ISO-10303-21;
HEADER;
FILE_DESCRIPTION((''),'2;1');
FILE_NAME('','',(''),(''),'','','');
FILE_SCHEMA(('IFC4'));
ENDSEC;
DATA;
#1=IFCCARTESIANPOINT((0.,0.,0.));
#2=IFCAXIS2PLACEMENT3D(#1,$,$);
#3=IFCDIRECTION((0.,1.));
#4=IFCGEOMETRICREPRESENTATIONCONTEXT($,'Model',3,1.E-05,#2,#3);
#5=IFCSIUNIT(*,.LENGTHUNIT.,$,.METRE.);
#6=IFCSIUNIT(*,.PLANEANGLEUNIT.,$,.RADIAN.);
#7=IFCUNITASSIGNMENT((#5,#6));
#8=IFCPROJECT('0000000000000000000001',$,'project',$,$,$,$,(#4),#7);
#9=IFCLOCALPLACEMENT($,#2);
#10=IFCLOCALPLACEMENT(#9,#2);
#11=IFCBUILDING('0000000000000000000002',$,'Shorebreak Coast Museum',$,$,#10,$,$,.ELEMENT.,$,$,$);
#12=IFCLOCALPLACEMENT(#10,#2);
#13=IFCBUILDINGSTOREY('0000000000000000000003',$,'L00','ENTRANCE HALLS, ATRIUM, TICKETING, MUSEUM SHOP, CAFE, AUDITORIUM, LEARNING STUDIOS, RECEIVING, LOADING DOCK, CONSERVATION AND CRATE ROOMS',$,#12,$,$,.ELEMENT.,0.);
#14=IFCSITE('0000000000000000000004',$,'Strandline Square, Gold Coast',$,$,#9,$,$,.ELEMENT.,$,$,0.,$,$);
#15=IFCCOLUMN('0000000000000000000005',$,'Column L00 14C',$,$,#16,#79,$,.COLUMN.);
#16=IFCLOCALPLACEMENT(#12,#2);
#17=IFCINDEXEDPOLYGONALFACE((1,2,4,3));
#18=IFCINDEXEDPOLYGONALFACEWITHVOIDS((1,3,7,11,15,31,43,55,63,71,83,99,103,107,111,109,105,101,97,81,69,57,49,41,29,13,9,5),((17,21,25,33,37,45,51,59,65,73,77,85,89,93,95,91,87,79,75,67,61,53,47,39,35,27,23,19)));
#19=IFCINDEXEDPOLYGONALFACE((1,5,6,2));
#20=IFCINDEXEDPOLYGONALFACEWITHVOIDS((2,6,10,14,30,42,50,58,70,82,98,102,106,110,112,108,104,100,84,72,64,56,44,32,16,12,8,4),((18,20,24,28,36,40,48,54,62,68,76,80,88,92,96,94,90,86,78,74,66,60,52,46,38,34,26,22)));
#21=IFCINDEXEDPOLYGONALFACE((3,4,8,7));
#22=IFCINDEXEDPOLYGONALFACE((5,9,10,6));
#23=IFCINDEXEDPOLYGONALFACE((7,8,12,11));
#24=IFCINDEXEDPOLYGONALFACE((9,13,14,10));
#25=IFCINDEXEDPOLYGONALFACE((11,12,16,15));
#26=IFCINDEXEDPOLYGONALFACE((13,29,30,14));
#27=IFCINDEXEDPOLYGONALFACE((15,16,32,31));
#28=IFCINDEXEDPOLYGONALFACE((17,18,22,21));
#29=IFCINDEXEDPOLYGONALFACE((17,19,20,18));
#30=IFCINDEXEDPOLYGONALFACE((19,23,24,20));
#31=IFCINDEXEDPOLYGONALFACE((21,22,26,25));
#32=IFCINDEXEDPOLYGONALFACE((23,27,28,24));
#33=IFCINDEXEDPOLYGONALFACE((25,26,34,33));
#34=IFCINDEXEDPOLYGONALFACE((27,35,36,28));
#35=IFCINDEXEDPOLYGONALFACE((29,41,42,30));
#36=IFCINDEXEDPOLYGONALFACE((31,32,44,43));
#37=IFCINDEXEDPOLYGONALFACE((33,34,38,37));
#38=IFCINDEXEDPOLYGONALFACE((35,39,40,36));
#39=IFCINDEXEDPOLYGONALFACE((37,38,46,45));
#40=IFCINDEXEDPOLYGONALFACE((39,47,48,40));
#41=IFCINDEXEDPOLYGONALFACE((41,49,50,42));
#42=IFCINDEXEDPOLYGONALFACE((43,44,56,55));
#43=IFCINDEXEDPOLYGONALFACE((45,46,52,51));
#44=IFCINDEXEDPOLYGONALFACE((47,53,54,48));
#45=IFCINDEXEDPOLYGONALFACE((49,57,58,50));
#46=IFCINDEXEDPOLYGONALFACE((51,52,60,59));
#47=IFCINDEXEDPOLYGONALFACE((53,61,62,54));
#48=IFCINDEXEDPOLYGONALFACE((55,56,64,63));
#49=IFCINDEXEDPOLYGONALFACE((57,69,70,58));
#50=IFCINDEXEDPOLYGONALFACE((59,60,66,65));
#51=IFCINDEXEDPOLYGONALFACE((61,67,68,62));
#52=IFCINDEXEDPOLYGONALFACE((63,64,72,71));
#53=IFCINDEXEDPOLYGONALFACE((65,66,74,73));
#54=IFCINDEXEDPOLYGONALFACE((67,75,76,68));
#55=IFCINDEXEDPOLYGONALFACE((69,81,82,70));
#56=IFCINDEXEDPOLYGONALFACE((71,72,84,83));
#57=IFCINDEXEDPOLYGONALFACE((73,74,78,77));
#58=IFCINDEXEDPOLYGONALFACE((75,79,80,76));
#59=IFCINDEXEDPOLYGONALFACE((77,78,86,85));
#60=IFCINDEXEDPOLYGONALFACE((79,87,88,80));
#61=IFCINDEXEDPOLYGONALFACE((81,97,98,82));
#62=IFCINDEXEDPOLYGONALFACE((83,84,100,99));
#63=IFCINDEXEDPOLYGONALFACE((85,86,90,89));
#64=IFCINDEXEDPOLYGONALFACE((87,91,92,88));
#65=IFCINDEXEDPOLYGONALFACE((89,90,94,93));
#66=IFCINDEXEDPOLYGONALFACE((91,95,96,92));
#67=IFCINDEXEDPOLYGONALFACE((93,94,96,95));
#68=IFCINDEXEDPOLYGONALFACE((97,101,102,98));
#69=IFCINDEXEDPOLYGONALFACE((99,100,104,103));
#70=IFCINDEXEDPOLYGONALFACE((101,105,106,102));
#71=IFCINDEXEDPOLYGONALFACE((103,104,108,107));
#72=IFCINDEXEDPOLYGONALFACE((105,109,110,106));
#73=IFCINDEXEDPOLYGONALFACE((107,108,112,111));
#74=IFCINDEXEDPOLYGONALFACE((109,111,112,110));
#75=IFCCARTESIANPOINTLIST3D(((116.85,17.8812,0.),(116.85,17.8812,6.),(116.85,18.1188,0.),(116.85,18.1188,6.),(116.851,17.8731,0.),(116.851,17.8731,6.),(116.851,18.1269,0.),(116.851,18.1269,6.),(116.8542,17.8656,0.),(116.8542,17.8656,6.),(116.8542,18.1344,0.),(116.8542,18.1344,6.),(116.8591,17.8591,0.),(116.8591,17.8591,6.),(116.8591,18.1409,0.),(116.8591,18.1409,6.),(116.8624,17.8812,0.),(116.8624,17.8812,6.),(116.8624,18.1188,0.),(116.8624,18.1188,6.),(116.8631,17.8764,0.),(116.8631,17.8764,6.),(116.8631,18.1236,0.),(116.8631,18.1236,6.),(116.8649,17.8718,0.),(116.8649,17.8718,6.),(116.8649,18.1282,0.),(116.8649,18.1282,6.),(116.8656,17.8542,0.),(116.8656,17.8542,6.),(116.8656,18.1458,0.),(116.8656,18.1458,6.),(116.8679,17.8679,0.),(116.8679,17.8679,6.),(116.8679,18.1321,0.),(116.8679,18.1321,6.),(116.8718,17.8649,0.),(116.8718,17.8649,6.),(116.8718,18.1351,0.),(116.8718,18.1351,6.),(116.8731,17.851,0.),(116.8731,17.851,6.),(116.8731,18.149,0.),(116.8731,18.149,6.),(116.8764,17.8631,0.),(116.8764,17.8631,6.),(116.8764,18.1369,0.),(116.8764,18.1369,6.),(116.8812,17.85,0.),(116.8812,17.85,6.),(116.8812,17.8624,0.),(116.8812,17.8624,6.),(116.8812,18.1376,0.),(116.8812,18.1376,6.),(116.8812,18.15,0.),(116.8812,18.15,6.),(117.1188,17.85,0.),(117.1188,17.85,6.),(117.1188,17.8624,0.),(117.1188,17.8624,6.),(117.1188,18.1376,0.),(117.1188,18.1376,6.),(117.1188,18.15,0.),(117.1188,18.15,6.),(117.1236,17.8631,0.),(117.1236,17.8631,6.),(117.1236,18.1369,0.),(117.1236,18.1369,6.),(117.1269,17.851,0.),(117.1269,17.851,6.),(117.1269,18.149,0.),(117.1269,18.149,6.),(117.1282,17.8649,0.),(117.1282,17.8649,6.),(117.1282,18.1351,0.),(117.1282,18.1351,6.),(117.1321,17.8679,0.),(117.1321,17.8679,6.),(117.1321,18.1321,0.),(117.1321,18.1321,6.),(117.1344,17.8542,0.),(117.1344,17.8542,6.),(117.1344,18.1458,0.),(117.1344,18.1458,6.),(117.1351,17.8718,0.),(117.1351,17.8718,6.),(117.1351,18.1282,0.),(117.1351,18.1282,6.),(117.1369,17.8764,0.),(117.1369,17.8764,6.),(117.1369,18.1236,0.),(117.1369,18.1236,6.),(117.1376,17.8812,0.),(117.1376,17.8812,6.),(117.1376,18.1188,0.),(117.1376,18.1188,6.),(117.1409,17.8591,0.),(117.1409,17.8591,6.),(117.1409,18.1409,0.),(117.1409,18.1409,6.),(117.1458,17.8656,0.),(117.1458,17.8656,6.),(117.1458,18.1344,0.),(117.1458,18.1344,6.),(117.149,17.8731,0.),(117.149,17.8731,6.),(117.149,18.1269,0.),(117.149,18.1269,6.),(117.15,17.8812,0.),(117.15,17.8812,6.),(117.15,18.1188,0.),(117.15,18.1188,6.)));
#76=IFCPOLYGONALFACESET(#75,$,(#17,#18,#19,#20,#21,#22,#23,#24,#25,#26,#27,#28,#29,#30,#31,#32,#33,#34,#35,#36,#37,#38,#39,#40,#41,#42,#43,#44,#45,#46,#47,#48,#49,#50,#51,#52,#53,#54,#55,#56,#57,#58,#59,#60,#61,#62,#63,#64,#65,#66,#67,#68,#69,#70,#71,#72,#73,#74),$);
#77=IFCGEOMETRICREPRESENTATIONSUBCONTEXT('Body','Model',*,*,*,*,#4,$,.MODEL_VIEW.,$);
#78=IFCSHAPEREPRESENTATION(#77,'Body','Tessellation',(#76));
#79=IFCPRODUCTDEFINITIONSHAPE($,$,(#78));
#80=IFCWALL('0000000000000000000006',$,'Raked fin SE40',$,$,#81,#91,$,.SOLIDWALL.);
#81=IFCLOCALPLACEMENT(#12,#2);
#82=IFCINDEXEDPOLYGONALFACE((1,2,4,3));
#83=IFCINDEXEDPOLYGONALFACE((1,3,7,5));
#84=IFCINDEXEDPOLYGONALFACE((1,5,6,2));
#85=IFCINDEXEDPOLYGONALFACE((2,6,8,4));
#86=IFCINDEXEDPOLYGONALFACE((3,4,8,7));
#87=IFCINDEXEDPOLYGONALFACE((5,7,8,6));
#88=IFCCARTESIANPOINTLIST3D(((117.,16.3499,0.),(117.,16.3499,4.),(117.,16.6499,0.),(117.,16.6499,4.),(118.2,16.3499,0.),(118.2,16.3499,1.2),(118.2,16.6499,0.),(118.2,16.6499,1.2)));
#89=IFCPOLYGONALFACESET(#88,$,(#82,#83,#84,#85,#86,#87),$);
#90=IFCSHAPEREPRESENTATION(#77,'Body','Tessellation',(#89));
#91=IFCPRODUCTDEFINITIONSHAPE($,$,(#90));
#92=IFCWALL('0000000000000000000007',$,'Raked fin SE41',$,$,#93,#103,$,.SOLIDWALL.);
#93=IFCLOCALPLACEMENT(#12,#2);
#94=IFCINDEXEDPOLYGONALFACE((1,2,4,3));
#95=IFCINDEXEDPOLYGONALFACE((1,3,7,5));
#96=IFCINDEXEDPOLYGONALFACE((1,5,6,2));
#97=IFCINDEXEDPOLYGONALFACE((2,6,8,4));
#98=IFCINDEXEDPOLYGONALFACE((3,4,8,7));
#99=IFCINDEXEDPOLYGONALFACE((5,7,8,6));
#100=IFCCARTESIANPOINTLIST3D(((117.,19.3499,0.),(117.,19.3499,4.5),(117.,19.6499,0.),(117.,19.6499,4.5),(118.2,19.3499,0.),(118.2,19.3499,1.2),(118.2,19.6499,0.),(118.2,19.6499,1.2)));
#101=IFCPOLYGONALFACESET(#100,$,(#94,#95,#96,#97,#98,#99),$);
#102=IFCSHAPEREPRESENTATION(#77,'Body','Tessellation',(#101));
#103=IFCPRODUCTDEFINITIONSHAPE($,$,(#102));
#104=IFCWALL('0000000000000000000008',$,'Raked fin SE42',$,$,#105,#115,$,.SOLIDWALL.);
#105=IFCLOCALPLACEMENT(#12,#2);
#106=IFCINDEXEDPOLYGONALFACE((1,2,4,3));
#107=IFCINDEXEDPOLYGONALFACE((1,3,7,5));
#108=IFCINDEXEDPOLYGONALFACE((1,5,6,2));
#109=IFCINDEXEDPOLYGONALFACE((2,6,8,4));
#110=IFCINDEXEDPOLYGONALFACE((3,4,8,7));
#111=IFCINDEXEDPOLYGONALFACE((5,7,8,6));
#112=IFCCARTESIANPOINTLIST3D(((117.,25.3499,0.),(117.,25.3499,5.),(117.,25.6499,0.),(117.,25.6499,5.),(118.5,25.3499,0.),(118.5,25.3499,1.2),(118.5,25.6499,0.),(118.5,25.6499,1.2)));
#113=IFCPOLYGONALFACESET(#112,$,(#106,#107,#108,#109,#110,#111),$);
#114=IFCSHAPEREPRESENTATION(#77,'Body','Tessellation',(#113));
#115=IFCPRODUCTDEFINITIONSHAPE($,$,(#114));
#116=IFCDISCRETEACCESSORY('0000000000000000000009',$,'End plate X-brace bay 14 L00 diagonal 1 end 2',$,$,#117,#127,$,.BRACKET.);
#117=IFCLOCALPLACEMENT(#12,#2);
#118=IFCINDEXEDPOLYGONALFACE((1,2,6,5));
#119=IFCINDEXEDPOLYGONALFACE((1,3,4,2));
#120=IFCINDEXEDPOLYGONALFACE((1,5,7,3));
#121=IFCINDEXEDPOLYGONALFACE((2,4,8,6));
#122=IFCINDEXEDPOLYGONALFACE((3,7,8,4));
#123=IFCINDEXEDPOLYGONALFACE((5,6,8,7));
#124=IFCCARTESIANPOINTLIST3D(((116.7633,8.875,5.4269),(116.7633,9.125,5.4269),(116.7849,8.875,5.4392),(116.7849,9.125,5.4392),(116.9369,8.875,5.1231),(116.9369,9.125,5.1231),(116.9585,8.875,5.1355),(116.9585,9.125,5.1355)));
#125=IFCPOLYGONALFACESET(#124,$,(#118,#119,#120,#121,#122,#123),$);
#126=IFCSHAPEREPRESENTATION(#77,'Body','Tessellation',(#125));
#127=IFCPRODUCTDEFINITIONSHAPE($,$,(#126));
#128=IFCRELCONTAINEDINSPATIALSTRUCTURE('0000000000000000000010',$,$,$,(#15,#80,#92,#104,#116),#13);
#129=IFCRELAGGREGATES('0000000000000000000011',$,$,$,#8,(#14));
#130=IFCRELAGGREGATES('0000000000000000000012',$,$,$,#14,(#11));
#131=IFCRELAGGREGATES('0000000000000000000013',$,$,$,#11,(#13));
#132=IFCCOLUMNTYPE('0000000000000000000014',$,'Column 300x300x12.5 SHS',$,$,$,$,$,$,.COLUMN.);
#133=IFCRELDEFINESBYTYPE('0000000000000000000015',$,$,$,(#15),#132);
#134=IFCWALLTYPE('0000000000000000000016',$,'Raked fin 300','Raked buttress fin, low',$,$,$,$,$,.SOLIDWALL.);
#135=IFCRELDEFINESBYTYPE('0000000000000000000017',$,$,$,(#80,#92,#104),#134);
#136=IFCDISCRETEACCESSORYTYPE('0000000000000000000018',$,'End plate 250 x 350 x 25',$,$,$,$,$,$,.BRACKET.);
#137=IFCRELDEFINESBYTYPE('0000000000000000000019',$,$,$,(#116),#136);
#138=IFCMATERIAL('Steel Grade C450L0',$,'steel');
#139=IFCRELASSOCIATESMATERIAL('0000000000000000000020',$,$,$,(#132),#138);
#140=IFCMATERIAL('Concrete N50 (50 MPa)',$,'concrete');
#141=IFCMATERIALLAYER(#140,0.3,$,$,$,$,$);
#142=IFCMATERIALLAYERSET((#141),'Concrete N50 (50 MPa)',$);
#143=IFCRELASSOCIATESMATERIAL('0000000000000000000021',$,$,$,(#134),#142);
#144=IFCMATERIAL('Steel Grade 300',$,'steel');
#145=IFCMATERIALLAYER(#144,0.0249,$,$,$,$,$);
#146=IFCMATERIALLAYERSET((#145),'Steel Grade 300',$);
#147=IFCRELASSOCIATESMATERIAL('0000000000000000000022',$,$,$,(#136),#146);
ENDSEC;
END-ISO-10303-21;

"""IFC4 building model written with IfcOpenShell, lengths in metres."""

from ifc_helpers import new_model, si_unit, direction, frame, origin, origin_2d, place, context, subcontext, project, spatial, polyline, hollow_rectangle, outline, extrude, material, layer, layer_set, material_profile, profile_set, type_object, element, save


model = new_model("IFC4")

# Units and contexts
model_context = context("Model", 3, precision=1e-05, world=origin(), true_north=direction((0.0, 1.0)))
body_context = subcontext(model_context, "Body", "Model", "MODEL_VIEW")
ifc_project = project(units=[si_unit("LENGTHUNIT", "METRE"), si_unit("PLANEANGLEUNIT", "RADIAN")], contexts=[model_context])

# Site, building, storey
site_placement = place(None, origin())
site = spatial("IfcSite", under=ifc_project, at=site_placement, Name="Strandline Square, Gold Coast", CompositionType="ELEMENT", RefElevation=0.0)
building_placement = place(site_placement, origin())
building = spatial("IfcBuilding", under=site, at=building_placement, Name="Shorebreak Coast Museum", CompositionType="ELEMENT")
storey_placement = place(building_placement, origin())
storey = spatial("IfcBuildingStorey", under=building, at=storey_placement, Name="L00", Description="ENTRANCE HALLS, ATRIUM, TICKETING, MUSEUM SHOP, CAFE, AUDITORIUM, LEARNING STUDIOS, RECEIVING, LOADING DOCK, CONSERVATION AND CRATE ROOMS", CompositionType="ELEMENT", Elevation=0.0)

# Column
ifc_material_1 = material(Name="Steel Grade C450L0", Category="steel")
ifc_material_profile_1 = material_profile(ifc_material_1, hollow_rectangle(XDim=0.3, YDim=0.3, WallThickness=0.0125, InnerFilletRadius=0.0188, OuterFilletRadius=0.0312, at=origin_2d()), Name="300x300x12.5 SHS")
ifc_profile_set_1 = profile_set([ifc_material_profile_1], Name="Steel Grade C450L0")
column_type = type_object("IfcColumnType", Name="Column 300x300x12.5 SHS", PredefinedType="COLUMN", material=ifc_profile_set_1)
for number, where, z_axis, x_axis, name in (
    (1, (117.0, 18.0, 0.0), (0.0, 0.0, 1.0), (1.0, 0.0, 0.0), "Column L00 14C"),
):
    element("IfcColumn", number, at=place(storey_placement, frame(where, z_axis=z_axis, x_axis=x_axis)), inside=storey, type_object=column_type, Name=name, PredefinedType="COLUMN", context=body_context, shape_type="SweptSolid", body=[
        extrude(hollow_rectangle(XDim=0.3, YDim=0.3, WallThickness=0.0125, InnerFilletRadius=0.0188, OuterFilletRadius=0.0312, at=origin_2d()), origin(), (0.0, 0.0, 1.0), 6.0),
    ])

# Walls
ifc_material_2 = material(Name="Concrete N50 (50 MPa)", Category="concrete")
ifc_layer_1 = layer(ifc_material_2, 0.3)
ifc_layer_set_1 = layer_set([ifc_layer_1], Name="Concrete N50 (50 MPa)")
wall_type = type_object("IfcWallType", Name="Raked fin 300", Description="Raked buttress fin, low", PredefinedType="SOLIDWALL", material=ifc_layer_set_1)
wall_1_placement = place(storey_placement, frame((117.0, 16.5, 0.0), z_axis=(0.0, 0.0, 1.0), x_axis=(1.0, 0.0, 0.0)))
element("IfcWall", 2, at=wall_1_placement, inside=storey, type_object=wall_type, Name="Raked fin SE40", PredefinedType="SOLIDWALL", context=body_context, shape_type="SweptSolid", body=[
    extrude(outline(polyline([(0.0, 0.0), (1.2, 0.0), (1.2, 1.2), (0.0, 4.0), (0.0, 0.0)])), frame((0.0, 0.1499, 0.0), z_axis=(0.0, -1.0, 0.0), x_axis=(1.0, 0.0, 0.0)), (0.0, 0.0, 1.0), 0.3),
])
wall_2_placement = place(storey_placement, frame((117.0, 19.5, 0.0), z_axis=(0.0, 0.0, 1.0), x_axis=(1.0, 0.0, 0.0)))
element("IfcWall", 3, at=wall_2_placement, inside=storey, type_object=wall_type, Name="Raked fin SE41", PredefinedType="SOLIDWALL", context=body_context, shape_type="SweptSolid", body=[
    extrude(outline(polyline([(0.0, 0.0), (1.2, 0.0), (1.2, 1.2), (0.0, 4.5), (0.0, 0.0)])), frame((0.0, 0.1499, 0.0), z_axis=(0.0, -1.0, 0.0), x_axis=(1.0, 0.0, 0.0)), (0.0, 0.0, 1.0), 0.3),
])
wall_3_placement = place(storey_placement, frame((117.0, 25.5, 0.0), z_axis=(0.0, 0.0, 1.0), x_axis=(1.0, 0.0, 0.0)))
element("IfcWall", 4, at=wall_3_placement, inside=storey, type_object=wall_type, Name="Raked fin SE42", PredefinedType="SOLIDWALL", context=body_context, shape_type="SweptSolid", body=[
    extrude(outline(polyline([(0.0, 0.0), (1.5, 0.0), (1.5, 1.2), (0.0, 5.0), (0.0, 0.0)])), frame((0.0, 0.1499, 0.0), z_axis=(0.0, -1.0, 0.0), x_axis=(1.0, 0.0, 0.0)), (0.0, 0.0, 1.0), 0.3),
])

# Discrete accessory
ifc_material_3 = material(Name="Steel Grade 300", Category="steel")
ifc_layer_2 = layer(ifc_material_3, 0.0249)
ifc_layer_set_2 = layer_set([ifc_layer_2], Name="Steel Grade 300")
discrete_accessory_type = type_object("IfcDiscreteAccessoryType", Name="End plate 250 x 350 x 25", PredefinedType="BRACKET", material=ifc_layer_set_2)
discrete_accessory_placement = place(storey_placement, frame((116.9585, 8.875, 5.1355), z_axis=(0.8682, 0.0, 0.496214), x_axis=(0.0, 1.0, 0.0)))
element("IfcDiscreteAccessory", 5, at=discrete_accessory_placement, inside=storey, type_object=discrete_accessory_type, Name="End plate X-brace bay 14 L00 diagonal 1 end 2", PredefinedType="BRACKET", context=body_context, shape_type="SweptSolid", body=[
    extrude(outline(polyline([(0.0, 0.0), (0.25, 0.0), (0.25, 0.3498), (0.0, 0.3498), (0.0, 0.0)])), origin(), (0.0, 0.0, -1.0), 0.0249),
])

save(model, "model.ifc")
